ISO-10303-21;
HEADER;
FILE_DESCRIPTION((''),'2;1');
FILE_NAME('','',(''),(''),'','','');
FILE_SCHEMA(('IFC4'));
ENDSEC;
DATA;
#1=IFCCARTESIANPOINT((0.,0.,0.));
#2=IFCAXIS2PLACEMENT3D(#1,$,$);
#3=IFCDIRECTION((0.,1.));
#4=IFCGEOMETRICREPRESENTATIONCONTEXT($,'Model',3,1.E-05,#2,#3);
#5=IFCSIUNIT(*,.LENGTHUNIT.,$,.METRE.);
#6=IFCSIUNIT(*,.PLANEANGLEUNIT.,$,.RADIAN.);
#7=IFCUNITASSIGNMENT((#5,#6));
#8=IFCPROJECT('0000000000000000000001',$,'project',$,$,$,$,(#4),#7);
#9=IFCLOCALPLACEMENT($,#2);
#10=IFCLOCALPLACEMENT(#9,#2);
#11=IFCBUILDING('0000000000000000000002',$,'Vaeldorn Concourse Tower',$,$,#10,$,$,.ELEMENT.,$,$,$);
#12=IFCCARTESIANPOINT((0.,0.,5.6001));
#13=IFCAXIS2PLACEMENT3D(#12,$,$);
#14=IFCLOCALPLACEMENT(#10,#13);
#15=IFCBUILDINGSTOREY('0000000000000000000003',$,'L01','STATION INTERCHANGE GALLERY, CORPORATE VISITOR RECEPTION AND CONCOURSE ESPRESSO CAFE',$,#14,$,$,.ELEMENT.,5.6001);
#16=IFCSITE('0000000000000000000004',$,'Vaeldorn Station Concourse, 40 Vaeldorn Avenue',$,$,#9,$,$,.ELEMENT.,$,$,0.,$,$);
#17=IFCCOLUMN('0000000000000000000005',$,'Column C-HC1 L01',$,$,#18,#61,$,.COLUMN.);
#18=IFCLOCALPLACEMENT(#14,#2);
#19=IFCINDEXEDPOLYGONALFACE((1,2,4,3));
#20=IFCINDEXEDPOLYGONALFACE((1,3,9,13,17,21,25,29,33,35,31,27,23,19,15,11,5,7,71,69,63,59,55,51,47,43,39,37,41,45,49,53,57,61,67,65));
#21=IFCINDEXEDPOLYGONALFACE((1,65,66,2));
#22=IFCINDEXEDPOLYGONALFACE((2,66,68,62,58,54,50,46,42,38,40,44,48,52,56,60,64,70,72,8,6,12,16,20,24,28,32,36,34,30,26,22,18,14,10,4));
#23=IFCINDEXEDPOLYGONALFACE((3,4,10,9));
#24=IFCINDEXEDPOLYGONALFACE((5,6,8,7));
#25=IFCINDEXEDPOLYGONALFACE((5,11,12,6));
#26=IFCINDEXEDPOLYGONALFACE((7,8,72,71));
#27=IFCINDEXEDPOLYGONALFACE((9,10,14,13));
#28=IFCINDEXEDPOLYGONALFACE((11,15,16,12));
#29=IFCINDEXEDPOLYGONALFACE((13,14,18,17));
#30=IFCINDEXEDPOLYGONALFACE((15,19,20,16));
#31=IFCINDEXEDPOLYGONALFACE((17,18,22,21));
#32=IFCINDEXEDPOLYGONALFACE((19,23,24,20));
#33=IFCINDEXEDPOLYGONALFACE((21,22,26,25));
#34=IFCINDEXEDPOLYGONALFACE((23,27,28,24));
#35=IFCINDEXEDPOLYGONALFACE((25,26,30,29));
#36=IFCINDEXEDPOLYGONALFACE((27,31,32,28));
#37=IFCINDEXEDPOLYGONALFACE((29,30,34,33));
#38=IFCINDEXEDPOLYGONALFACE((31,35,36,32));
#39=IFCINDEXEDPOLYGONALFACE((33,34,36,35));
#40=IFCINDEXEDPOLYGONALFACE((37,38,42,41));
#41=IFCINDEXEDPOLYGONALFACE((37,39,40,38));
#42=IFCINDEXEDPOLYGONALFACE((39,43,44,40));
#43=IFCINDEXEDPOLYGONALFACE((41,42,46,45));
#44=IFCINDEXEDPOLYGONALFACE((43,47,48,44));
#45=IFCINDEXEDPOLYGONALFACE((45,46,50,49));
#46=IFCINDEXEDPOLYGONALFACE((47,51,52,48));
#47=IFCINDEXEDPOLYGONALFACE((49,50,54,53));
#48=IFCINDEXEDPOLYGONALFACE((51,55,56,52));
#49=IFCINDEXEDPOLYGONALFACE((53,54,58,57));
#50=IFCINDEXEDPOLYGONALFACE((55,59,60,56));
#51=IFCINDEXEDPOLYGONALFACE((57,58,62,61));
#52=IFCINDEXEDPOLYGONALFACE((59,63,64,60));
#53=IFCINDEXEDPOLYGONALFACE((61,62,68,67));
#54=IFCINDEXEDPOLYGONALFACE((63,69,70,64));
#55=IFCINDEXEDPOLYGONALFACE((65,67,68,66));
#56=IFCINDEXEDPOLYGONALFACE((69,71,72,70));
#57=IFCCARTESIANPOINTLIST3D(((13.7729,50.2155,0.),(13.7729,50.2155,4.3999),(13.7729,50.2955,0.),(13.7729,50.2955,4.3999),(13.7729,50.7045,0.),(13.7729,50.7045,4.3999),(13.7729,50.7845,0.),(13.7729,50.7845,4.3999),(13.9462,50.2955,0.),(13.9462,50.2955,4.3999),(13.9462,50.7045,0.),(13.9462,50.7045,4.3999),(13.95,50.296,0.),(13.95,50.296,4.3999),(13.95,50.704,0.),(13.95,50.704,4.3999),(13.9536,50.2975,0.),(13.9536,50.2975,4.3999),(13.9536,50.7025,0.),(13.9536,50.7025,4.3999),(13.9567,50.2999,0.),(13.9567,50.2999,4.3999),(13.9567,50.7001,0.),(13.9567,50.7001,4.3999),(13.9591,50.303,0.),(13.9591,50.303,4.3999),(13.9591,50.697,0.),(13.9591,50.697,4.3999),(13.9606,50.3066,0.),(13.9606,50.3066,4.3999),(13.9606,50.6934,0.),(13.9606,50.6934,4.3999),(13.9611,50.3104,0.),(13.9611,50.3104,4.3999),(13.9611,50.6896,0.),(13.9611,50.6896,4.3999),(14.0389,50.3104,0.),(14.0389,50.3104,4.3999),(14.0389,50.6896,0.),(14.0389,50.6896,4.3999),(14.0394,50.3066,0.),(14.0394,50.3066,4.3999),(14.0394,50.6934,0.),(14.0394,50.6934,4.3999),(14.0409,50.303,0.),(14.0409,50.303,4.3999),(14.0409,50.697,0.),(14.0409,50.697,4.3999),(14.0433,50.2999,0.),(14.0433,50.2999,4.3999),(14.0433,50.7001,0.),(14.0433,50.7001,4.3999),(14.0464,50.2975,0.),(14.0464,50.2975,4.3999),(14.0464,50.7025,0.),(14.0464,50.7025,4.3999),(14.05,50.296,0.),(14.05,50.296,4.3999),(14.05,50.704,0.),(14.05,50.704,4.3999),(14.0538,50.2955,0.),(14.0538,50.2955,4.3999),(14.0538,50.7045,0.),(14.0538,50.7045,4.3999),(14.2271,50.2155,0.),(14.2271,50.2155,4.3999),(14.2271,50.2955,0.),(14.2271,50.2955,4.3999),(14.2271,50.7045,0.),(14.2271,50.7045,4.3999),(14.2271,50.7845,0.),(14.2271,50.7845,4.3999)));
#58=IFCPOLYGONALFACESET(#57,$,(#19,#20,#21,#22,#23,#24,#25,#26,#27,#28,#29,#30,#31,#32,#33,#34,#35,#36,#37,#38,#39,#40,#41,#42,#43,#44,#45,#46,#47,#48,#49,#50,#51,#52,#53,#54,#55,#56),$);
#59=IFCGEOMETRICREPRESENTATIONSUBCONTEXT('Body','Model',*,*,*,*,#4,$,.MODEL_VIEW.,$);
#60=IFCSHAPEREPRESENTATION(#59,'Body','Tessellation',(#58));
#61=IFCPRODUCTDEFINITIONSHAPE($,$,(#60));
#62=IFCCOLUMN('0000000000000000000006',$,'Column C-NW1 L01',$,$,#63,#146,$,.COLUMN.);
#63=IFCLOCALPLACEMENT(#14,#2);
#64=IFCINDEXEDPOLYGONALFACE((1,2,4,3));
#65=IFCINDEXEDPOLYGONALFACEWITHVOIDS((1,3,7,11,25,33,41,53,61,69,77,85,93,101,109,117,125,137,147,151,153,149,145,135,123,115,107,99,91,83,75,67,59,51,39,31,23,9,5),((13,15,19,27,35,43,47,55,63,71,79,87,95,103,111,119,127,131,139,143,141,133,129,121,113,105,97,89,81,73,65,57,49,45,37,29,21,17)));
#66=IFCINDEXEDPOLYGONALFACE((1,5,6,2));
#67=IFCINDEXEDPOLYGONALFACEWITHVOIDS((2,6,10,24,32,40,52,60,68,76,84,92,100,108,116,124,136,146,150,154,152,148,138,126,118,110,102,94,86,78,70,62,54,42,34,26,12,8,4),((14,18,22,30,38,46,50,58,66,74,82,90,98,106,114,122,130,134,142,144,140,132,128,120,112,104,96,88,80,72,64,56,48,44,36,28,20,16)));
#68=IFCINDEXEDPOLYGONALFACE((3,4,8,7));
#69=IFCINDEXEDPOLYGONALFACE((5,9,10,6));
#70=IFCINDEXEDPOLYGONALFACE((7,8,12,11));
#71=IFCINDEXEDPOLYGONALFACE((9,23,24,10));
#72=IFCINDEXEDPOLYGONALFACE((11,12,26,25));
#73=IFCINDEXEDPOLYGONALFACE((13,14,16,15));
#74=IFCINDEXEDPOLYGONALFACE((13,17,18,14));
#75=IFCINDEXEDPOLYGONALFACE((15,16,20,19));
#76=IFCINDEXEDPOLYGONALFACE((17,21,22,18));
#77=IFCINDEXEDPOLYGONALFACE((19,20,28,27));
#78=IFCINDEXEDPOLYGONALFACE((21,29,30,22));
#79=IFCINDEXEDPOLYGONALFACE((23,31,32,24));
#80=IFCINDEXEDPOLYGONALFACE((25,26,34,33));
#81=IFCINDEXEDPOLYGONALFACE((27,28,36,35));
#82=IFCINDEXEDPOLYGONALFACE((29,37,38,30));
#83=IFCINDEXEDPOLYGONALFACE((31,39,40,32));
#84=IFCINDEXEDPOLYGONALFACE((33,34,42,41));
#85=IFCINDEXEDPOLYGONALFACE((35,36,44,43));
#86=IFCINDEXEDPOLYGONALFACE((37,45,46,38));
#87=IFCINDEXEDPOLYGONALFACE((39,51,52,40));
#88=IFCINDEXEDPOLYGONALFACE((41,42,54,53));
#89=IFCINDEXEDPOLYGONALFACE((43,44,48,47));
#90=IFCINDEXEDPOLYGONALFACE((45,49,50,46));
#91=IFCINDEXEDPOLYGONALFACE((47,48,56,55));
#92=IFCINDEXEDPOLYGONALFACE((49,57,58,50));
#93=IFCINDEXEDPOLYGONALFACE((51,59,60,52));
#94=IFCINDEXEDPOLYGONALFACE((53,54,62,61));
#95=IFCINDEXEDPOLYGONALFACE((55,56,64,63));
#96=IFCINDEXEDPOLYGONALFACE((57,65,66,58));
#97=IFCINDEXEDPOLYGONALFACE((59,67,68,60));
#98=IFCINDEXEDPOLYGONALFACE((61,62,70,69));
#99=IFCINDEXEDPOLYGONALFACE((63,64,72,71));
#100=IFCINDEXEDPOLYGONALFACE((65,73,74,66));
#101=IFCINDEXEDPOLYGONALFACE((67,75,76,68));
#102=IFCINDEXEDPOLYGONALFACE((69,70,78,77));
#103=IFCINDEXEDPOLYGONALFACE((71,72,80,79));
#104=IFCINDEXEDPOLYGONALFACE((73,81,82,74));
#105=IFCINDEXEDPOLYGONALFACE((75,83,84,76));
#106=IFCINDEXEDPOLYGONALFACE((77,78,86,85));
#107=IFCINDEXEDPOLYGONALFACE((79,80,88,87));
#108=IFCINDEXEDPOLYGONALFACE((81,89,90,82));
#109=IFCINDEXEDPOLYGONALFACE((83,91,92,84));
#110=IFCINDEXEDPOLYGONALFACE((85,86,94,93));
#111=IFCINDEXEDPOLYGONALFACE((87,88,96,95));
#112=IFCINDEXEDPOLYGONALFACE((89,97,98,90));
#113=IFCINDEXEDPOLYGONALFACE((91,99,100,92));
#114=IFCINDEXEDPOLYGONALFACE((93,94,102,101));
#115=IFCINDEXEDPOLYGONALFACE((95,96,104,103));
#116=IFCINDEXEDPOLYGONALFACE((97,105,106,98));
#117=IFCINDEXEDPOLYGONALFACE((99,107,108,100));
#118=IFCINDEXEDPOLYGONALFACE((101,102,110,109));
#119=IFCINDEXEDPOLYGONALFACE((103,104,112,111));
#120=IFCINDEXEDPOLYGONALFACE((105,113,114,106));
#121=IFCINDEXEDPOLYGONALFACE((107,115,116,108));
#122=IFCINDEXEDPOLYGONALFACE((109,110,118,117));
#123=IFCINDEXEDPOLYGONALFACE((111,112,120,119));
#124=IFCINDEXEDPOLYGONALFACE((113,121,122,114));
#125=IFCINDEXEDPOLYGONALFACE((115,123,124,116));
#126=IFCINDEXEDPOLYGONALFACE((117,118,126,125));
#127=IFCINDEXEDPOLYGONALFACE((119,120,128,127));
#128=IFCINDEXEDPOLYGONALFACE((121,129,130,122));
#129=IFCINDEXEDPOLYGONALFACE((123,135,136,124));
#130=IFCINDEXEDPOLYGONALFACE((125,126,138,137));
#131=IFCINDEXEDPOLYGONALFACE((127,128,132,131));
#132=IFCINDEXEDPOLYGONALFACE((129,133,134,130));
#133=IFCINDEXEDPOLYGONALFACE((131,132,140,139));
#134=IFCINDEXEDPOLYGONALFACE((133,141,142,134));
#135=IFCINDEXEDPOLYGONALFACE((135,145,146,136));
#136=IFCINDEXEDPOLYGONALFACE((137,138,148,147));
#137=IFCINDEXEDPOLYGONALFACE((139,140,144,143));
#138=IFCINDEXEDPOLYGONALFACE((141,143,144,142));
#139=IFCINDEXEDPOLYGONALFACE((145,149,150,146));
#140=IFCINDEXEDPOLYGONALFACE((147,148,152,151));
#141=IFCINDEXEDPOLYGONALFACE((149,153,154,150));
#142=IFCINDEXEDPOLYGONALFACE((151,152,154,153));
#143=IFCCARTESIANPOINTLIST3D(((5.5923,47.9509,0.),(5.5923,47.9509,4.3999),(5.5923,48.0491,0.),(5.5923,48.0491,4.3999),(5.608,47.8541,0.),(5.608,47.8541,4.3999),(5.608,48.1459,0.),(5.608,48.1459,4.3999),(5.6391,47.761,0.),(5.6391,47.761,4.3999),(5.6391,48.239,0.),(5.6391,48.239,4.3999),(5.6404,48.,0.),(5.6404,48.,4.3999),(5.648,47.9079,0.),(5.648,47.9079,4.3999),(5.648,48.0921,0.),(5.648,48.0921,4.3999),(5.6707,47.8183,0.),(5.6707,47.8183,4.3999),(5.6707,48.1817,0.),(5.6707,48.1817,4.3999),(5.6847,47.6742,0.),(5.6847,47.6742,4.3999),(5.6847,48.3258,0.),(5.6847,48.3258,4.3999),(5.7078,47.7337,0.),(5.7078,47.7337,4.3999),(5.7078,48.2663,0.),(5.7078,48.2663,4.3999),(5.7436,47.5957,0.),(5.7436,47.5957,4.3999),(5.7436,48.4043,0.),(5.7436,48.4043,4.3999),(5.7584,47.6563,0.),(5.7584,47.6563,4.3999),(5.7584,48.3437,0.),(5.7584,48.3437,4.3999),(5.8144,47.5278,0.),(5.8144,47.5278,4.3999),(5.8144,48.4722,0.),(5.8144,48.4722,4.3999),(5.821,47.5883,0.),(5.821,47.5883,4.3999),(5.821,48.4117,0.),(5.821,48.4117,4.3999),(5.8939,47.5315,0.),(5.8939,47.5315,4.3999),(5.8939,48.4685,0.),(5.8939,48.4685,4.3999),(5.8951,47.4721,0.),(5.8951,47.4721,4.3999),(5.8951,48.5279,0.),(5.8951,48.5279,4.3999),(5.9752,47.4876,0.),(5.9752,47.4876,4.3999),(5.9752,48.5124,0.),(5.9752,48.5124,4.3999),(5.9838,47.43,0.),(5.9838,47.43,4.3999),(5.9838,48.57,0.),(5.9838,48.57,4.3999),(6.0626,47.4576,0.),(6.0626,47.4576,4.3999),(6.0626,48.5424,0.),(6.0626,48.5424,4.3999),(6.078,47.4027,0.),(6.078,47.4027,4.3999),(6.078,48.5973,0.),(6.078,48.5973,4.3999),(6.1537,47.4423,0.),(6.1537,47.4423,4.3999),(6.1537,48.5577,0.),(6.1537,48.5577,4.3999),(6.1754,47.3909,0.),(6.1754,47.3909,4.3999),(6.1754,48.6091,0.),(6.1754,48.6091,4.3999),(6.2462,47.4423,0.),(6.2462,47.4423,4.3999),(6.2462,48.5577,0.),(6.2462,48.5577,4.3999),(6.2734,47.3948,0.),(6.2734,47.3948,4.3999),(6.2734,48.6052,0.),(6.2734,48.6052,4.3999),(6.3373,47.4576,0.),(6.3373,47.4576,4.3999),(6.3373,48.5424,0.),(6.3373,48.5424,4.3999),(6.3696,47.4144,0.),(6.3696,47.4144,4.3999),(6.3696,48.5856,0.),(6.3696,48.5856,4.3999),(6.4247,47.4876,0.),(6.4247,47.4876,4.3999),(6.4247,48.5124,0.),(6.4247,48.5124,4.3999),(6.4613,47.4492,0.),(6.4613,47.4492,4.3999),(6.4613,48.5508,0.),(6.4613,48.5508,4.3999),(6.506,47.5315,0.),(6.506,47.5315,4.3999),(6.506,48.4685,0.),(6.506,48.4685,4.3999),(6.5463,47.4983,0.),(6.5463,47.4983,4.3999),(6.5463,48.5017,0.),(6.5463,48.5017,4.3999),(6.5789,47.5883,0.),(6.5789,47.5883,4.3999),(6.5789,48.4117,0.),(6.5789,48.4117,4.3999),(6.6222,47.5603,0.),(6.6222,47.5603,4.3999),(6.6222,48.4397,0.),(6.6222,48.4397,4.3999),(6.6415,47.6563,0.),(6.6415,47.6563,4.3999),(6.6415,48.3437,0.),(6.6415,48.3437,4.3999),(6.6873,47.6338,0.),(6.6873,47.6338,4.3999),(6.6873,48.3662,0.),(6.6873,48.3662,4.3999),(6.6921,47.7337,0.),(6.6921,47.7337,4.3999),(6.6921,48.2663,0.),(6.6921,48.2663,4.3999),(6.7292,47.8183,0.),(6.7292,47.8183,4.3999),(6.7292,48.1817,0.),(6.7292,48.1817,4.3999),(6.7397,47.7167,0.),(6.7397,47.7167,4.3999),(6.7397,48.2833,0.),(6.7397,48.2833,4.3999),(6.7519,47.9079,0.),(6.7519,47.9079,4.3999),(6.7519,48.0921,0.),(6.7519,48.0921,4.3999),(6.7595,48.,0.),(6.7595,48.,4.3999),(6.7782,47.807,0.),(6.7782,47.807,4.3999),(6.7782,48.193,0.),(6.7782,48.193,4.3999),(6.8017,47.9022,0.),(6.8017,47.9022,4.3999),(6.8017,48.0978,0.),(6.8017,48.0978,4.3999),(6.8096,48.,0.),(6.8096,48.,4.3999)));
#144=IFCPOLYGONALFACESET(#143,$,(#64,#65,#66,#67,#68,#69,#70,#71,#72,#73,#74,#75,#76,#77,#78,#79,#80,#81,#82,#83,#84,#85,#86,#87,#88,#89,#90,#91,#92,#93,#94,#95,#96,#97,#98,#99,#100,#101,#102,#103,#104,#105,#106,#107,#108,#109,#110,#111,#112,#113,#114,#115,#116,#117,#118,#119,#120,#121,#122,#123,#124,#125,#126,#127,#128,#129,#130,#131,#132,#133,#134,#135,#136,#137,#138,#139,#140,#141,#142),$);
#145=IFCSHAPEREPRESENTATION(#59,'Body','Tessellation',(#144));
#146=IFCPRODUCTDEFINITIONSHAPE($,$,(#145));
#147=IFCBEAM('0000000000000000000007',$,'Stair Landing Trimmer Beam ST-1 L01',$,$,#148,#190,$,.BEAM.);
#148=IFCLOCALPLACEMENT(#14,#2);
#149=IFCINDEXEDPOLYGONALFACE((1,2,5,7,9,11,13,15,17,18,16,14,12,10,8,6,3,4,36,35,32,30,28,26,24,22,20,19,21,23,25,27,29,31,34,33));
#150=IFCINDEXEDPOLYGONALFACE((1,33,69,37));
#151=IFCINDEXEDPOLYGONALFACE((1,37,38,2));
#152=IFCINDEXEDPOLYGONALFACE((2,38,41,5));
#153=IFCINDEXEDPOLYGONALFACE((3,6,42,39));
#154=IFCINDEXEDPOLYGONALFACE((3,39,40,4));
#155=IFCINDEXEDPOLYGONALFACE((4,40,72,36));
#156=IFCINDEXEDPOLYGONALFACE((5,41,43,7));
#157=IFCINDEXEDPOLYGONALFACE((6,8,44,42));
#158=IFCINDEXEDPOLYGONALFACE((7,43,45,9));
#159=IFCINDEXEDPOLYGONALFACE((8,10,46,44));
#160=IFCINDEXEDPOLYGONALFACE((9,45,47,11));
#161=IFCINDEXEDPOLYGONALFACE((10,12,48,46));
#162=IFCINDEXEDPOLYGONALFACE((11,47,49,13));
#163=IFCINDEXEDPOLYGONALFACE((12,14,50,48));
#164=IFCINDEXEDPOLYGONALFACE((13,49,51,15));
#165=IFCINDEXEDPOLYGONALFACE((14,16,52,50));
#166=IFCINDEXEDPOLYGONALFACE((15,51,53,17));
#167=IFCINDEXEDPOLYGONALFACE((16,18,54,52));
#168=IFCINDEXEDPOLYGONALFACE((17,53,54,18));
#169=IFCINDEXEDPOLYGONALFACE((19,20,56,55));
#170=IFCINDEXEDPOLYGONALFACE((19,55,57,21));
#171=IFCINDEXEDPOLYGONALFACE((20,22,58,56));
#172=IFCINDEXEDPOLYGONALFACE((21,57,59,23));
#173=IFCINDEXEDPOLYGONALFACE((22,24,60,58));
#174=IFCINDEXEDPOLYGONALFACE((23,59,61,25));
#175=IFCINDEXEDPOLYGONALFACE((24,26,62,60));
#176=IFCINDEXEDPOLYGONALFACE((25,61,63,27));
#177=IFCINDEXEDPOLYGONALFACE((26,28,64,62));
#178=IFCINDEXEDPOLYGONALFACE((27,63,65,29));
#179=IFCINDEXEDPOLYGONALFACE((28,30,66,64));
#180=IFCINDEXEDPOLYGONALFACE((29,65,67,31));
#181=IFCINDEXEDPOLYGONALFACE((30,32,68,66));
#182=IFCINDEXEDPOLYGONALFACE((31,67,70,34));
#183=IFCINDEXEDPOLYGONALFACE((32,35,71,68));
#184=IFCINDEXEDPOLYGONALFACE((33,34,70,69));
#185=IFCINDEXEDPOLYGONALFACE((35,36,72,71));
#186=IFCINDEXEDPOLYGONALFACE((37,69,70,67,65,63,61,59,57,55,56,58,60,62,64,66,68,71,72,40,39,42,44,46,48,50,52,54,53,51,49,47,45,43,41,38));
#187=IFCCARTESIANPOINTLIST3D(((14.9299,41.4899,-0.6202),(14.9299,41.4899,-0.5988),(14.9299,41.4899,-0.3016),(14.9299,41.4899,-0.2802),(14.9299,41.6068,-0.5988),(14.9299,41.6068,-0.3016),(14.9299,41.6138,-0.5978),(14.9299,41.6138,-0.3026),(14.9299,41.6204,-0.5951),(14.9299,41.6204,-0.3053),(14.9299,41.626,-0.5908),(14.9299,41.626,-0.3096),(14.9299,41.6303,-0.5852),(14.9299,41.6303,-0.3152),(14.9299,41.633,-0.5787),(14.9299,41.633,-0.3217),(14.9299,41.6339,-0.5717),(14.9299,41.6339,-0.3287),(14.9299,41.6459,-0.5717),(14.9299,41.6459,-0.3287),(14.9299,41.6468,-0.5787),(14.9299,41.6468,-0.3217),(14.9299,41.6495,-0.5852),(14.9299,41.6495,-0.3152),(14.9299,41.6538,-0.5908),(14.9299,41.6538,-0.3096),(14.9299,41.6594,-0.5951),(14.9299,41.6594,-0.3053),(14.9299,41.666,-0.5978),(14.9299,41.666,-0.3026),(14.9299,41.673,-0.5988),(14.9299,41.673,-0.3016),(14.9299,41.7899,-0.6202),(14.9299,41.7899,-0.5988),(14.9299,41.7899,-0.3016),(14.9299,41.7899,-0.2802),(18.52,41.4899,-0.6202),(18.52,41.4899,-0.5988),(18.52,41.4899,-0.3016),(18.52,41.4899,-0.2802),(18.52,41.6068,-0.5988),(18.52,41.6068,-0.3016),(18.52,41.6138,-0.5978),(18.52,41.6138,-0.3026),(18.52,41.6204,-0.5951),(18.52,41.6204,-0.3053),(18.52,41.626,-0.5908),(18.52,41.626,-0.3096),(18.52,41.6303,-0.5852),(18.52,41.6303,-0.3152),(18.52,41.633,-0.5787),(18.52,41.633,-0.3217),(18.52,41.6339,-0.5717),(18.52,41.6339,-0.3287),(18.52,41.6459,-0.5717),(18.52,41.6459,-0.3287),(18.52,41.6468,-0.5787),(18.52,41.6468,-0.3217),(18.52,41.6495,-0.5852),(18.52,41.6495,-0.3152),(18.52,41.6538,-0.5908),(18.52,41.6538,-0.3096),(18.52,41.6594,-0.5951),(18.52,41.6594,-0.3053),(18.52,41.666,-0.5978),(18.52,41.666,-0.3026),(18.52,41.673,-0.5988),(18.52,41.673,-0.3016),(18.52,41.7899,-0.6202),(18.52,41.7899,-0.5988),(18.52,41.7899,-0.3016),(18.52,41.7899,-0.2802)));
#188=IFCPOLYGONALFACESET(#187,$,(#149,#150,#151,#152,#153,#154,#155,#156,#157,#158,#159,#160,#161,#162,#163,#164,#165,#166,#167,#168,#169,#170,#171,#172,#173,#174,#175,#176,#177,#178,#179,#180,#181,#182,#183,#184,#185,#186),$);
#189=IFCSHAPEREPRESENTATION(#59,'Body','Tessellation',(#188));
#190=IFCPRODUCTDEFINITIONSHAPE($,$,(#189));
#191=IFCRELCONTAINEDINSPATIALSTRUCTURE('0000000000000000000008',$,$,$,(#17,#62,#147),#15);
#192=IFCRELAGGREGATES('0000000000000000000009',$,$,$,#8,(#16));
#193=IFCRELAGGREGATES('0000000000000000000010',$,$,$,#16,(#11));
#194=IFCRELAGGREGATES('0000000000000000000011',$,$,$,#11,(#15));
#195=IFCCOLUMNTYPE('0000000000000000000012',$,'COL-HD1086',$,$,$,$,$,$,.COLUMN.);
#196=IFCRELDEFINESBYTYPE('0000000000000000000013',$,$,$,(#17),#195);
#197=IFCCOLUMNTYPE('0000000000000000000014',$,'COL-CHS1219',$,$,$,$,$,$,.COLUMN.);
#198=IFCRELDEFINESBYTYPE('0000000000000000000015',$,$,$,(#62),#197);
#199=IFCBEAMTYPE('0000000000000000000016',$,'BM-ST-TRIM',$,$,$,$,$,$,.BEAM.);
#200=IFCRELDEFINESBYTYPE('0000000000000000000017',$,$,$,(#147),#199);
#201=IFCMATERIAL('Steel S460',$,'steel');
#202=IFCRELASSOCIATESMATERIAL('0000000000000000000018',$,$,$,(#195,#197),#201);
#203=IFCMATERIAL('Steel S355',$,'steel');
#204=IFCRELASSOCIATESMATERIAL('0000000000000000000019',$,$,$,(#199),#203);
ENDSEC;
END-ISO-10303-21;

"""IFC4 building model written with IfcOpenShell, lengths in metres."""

from ifc_helpers import new_model, si_unit, direction, frame, origin, origin_2d, place, context, subcontext, project, spatial, hollow_circle, i_section, extrude, source, transform, mapped, material, material_profile, profile_set, type_object, element, save


model = new_model("IFC4")

# Units and contexts
model_context = context("Model", 3, precision=1e-05, world=origin(), true_north=direction((0.0, 1.0)))
body_context = subcontext(model_context, "Body", "Model", "MODEL_VIEW")
ifc_project = project(units=[si_unit("LENGTHUNIT", "METRE"), si_unit("PLANEANGLEUNIT", "RADIAN")], contexts=[model_context])

# Site, building, storey
site_placement = place(None, origin())
site = spatial("IfcSite", under=ifc_project, at=site_placement, Name="Vaeldorn Station Concourse, 40 Vaeldorn Avenue", CompositionType="ELEMENT", RefElevation=0.0)
building_placement = place(site_placement, origin())
building = spatial("IfcBuilding", under=site, at=building_placement, Name="Vaeldorn Concourse Tower", CompositionType="ELEMENT")
storey_placement = place(building_placement, frame((0.0, 0.0, 5.6001)))
storey = spatial("IfcBuildingStorey", under=building, at=storey_placement, Name="L01", Description="STATION INTERCHANGE GALLERY, CORPORATE VISITOR RECEPTION AND CONCOURSE ESPRESSO CAFE", CompositionType="ELEMENT", Elevation=5.6001)

# Columns
ifc_material_1 = material(Name="Steel S460", Category="steel")
ifc_material_profile_1 = material_profile(ifc_material_1, i_section(OverallWidth=0.4541, OverallDepth=0.5691, WebThickness=0.0779, FlangeThickness=0.0801, FilletRadius=0.0149, at=origin_2d()), Name="HD 400x1086")
ifc_profile_set_1 = profile_set([ifc_material_profile_1], Name="Steel S460")
column_type_1 = type_object("IfcColumnType", Name="COL-HD1086", PredefinedType="COLUMN", material=ifc_profile_set_1)
shared_shape_1 = source(origin(), body_context, "Body", "SweptSolid", [
    extrude(i_section(OverallWidth=0.4541, OverallDepth=0.5691, WebThickness=0.0779, FlangeThickness=0.0801, FilletRadius=0.0149, at=origin_2d()), origin(), (0.0, 0.0, 1.0), 4.3999),
])
column_1_placement = place(storey_placement, frame((14.0, 50.5, 0.0), z_axis=(0.0, 0.0, 1.0), x_axis=(1.0, 0.0, 0.0)))
element("IfcColumn", 1, at=column_1_placement, inside=storey, type_object=column_type_1, Name="Column C-HC1 L01", PredefinedType="COLUMN", context=body_context, shape_type="MappedRepresentation", body=[
    mapped(shared_shape_1, transform((0.0, 0.0, 0.0), scale=1.0)),
])
ifc_material_profile_2 = material_profile(ifc_material_1, hollow_circle(Radius=0.6096, WallThickness=0.05, at=origin_2d()), Name="CHS 1219x50")
ifc_profile_set_2 = profile_set([ifc_material_profile_2], Name="Steel S460")
column_type_2 = type_object("IfcColumnType", Name="COL-CHS1219", PredefinedType="COLUMN", material=ifc_profile_set_2)
shared_shape_2 = source(origin(), body_context, "Body", "SweptSolid", [
    extrude(hollow_circle(Radius=0.6096, WallThickness=0.05, at=origin_2d()), origin(), (0.0, 0.0, 1.0), 4.3999),
])
column_2_placement = place(storey_placement, frame((6.2, 48.0, 0.0), z_axis=(0.0, 0.0, 1.0), x_axis=(1.0, 0.0, 0.0)))
element("IfcColumn", 2, at=column_2_placement, inside=storey, type_object=column_type_2, Name="Column C-NW1 L01", PredefinedType="COLUMN", context=body_context, shape_type="MappedRepresentation", body=[
    mapped(shared_shape_2, transform((0.0, 0.0, 0.0), scale=1.0)),
])

# Beam
ifc_material_2 = material(Name="Steel S355", Category="steel")
ifc_material_profile_3 = material_profile(ifc_material_2, i_section(OverallWidth=0.3, OverallDepth=0.3401, WebThickness=0.012, FlangeThickness=0.0215, FilletRadius=0.0271, at=origin_2d()), Name="HEB 340")
ifc_profile_set_3 = profile_set([ifc_material_profile_3], Name="Steel S355")
beam_type_1 = type_object("IfcBeamType", Name="BM-ST-TRIM", PredefinedType="BEAM", material=ifc_profile_set_3)
shared_shape_3 = source(origin(), body_context, "Body", "SweptSolid", [
    extrude(i_section(OverallWidth=0.3, OverallDepth=0.3401, WebThickness=0.012, FlangeThickness=0.0215, FilletRadius=0.0271, at=origin_2d()), origin(), (0.0, 0.0, 1.0), 3.5901),
])
beam_1_placement = place(storey_placement, frame((14.9299, 41.6399, -0.4502), z_axis=(1.0, 0.0, 0.0), x_axis=(0.0, 1.0, 0.0)))
element("IfcBeam", 3, at=beam_1_placement, inside=storey, type_object=beam_type_1, Name="Stair Landing Trimmer Beam ST-1 L01", PredefinedType="BEAM", context=body_context, shape_type="MappedRepresentation", body=[
    mapped(shared_shape_3, transform((0.0, 0.0, 0.0), scale=1.0)),
])

save(model, "model.ifc")
